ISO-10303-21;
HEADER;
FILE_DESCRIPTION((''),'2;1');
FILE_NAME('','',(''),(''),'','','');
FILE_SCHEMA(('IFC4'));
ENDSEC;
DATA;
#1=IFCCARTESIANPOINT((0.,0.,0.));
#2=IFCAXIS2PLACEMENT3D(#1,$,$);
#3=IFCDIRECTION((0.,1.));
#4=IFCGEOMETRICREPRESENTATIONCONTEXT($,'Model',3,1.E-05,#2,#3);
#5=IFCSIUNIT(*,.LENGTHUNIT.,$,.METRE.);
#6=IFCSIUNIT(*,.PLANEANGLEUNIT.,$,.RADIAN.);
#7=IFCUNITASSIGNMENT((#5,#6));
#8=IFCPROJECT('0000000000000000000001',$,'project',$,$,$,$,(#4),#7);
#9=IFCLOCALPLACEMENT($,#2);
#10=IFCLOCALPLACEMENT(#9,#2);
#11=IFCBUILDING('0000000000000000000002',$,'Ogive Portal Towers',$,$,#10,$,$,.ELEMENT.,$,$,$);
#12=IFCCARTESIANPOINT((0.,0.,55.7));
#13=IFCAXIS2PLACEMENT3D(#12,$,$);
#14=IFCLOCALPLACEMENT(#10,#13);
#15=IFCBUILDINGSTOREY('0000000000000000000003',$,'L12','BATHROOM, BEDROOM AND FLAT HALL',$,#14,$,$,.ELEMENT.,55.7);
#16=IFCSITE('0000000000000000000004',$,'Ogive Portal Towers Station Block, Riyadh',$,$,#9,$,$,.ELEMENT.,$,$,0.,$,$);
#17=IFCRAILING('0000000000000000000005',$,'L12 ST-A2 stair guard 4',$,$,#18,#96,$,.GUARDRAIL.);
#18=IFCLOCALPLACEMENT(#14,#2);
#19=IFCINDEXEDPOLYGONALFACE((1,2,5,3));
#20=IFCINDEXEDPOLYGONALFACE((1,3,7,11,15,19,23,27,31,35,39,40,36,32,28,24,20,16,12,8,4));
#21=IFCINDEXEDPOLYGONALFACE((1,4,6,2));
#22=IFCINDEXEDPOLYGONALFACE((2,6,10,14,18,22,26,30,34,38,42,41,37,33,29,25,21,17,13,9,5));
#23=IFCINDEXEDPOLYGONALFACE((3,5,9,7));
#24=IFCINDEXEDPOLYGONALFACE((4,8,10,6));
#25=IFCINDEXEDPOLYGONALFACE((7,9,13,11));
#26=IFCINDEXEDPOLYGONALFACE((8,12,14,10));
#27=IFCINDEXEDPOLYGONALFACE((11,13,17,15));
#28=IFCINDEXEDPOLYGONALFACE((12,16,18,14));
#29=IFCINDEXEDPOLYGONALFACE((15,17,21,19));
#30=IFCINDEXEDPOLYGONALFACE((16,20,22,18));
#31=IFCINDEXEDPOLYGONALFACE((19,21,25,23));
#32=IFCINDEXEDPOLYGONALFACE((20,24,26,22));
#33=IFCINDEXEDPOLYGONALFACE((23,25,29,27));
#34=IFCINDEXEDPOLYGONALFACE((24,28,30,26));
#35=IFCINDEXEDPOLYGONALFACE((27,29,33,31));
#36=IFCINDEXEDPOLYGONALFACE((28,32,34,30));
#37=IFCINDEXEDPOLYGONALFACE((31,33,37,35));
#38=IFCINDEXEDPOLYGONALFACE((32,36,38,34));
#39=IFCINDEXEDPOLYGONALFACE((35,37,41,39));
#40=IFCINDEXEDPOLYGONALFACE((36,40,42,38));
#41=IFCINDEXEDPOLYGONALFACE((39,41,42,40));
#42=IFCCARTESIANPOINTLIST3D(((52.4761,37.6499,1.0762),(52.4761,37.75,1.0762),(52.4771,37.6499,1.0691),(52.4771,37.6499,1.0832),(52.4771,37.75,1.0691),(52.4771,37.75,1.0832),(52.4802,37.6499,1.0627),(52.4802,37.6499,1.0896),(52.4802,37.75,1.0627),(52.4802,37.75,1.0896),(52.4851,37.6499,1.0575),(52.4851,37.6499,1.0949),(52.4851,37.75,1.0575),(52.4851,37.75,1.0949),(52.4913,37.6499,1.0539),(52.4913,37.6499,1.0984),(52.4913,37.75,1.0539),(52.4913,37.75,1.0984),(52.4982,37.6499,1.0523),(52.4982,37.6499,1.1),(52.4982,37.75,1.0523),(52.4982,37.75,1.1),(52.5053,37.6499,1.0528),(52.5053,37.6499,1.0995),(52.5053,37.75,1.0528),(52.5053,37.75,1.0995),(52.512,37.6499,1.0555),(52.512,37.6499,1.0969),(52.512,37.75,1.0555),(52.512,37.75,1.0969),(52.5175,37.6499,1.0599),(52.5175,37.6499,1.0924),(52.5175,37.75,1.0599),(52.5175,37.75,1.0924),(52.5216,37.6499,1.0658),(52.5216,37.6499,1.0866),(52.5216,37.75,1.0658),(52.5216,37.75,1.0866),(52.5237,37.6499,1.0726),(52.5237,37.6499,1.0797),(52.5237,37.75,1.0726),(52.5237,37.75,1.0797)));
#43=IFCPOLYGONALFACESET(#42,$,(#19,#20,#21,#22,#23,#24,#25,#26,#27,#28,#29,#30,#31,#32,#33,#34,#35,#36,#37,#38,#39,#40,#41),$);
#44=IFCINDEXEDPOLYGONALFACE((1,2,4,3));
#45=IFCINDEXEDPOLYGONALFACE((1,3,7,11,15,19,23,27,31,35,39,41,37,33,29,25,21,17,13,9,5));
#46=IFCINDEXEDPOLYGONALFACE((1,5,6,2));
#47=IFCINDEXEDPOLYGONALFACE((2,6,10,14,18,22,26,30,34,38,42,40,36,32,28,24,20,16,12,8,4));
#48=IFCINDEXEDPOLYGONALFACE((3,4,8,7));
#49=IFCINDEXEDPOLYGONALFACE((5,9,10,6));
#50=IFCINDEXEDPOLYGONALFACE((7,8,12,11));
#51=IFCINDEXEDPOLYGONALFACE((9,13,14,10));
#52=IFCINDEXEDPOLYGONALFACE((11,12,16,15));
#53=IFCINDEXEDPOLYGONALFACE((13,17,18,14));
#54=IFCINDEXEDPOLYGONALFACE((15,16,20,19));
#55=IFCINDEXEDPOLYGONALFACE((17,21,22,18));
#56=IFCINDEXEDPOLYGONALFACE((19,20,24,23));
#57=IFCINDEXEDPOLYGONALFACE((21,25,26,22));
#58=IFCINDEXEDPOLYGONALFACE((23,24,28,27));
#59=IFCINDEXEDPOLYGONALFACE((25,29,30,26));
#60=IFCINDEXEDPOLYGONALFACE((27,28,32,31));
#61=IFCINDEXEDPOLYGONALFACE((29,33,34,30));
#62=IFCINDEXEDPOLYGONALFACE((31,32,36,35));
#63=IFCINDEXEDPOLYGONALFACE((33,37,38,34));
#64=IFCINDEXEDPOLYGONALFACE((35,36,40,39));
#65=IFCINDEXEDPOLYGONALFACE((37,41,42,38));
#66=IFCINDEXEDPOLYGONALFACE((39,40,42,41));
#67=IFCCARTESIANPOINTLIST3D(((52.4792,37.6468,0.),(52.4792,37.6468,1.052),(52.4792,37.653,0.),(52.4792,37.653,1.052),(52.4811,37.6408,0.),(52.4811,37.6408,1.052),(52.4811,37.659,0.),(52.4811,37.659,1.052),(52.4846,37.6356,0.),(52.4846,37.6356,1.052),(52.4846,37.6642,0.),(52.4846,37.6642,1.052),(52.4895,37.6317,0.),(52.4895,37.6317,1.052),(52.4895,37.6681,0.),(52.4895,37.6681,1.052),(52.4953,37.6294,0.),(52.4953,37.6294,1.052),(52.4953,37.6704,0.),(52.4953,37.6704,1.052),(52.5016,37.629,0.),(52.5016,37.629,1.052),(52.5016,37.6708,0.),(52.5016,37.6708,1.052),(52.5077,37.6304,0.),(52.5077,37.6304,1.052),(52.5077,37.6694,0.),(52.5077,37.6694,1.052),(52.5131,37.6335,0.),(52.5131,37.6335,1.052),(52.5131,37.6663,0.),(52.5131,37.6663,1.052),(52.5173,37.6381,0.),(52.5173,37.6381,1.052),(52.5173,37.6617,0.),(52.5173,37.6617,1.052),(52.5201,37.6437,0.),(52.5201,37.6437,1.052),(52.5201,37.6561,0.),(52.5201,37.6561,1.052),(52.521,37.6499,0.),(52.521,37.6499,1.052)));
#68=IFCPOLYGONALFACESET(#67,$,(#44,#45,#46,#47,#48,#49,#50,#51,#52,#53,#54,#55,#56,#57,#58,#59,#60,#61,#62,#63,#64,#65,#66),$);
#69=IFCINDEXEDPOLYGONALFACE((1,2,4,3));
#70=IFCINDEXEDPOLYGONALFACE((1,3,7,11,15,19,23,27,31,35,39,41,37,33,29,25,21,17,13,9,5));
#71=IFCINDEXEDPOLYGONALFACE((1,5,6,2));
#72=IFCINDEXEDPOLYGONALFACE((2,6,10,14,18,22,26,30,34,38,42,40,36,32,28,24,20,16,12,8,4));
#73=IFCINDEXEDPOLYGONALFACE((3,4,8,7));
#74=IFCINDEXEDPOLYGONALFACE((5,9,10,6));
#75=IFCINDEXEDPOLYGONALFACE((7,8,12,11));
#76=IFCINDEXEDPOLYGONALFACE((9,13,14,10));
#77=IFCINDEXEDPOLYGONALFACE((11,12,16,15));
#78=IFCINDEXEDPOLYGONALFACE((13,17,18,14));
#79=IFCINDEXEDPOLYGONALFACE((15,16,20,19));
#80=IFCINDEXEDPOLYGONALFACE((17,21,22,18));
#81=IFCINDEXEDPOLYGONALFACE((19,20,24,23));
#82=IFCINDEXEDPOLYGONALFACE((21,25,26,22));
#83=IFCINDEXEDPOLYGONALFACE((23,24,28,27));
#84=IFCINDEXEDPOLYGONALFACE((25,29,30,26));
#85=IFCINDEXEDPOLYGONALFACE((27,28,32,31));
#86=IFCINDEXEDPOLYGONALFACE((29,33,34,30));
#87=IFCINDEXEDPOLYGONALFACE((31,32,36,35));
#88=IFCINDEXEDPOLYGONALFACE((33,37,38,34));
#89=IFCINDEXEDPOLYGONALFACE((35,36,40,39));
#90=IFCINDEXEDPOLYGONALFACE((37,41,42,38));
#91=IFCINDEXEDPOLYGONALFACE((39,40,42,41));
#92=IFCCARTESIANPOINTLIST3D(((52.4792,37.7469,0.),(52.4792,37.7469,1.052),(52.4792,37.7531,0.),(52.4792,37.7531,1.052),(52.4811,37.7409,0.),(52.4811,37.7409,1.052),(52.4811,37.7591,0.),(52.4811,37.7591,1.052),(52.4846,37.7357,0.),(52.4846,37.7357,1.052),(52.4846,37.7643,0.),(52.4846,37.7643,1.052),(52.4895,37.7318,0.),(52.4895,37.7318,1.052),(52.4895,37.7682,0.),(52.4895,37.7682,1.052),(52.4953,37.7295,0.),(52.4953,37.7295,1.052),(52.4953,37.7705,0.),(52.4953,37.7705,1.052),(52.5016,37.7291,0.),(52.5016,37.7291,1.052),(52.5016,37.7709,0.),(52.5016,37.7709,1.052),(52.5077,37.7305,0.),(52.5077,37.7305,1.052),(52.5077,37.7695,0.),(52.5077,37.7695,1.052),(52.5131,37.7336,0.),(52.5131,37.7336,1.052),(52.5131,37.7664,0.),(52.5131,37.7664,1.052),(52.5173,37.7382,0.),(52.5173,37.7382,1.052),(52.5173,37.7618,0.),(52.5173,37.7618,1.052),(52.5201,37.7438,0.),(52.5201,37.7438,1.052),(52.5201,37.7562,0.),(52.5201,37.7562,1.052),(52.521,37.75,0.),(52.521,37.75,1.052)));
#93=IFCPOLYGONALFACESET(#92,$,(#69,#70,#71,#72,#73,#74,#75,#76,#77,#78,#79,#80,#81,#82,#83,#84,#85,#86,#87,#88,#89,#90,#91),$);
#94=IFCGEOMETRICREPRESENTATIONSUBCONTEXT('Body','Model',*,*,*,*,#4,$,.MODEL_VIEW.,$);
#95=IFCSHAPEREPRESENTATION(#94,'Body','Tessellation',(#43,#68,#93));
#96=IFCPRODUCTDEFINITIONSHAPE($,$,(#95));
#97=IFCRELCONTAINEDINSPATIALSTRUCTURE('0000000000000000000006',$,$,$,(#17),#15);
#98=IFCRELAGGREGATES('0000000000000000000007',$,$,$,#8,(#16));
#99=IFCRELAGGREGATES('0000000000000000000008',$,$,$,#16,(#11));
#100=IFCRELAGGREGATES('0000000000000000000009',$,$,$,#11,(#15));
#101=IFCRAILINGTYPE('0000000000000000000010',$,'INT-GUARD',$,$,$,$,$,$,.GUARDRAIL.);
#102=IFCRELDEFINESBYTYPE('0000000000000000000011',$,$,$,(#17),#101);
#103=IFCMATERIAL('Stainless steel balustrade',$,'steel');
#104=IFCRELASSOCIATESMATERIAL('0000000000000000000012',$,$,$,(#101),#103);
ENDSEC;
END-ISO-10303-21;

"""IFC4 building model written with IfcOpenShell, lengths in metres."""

from ifc_helpers import new_model, si_unit, direction, frame, origin, origin_2d, place, context, subcontext, project, spatial, circle, extrude, material, type_object, element, save


model = new_model("IFC4")

# Units and contexts
model_context = context("Model", 3, precision=1e-05, world=origin(), true_north=direction((0.0, 1.0)))
body_context = subcontext(model_context, "Body", "Model", "MODEL_VIEW")
ifc_project = project(units=[si_unit("LENGTHUNIT", "METRE"), si_unit("PLANEANGLEUNIT", "RADIAN")], contexts=[model_context])

# Site, building, storey
site_placement = place(None, origin())
site = spatial("IfcSite", under=ifc_project, at=site_placement, Name="Ogive Portal Towers Station Block, Riyadh", CompositionType="ELEMENT", RefElevation=0.0)
building_placement = place(site_placement, origin())
building = spatial("IfcBuilding", under=site, at=building_placement, Name="Ogive Portal Towers", CompositionType="ELEMENT")
storey_placement = place(building_placement, frame((0.0, 0.0, 55.7)))
storey = spatial("IfcBuildingStorey", under=building, at=storey_placement, Name="L12", Description="BATHROOM, BEDROOM AND FLAT HALL", CompositionType="ELEMENT", Elevation=55.7)

# Railing
ifc_material_1 = material(Name="Stainless steel balustrade", Category="steel")
railing_type_1 = type_object("IfcRailingType", Name="INT-GUARD", PredefinedType="GUARDRAIL", material=ifc_material_1)
railing_1_placement = place(storey_placement, frame((52.5, 37.6499, 0.0)))
element("IfcRailing", 1, at=railing_1_placement, inside=storey, type_object=railing_type_1, Name="L12 ST-A2 stair guard 4", PredefinedType="GUARDRAIL", context=body_context, shape_type="SweptSolid", body=[
    extrude(circle(Radius=0.0239, at=origin_2d()), frame((0.0, 0.0, 1.0762), z_axis=(0.0, 1.0, 0.0), x_axis=(-1.0, 0.0, 0.0)), (0.0, 0.0, 1.0), 0.1001),
    extrude(circle(Radius=0.021, at=origin_2d()), origin(), (0.0, 0.0, 1.0), 1.052),
    extrude(circle(Radius=0.021, at=origin_2d()), frame((0.0, 0.1001, 0.0)), (0.0, 0.0, 1.0), 1.052),
])

save(model, "model.ifc")
